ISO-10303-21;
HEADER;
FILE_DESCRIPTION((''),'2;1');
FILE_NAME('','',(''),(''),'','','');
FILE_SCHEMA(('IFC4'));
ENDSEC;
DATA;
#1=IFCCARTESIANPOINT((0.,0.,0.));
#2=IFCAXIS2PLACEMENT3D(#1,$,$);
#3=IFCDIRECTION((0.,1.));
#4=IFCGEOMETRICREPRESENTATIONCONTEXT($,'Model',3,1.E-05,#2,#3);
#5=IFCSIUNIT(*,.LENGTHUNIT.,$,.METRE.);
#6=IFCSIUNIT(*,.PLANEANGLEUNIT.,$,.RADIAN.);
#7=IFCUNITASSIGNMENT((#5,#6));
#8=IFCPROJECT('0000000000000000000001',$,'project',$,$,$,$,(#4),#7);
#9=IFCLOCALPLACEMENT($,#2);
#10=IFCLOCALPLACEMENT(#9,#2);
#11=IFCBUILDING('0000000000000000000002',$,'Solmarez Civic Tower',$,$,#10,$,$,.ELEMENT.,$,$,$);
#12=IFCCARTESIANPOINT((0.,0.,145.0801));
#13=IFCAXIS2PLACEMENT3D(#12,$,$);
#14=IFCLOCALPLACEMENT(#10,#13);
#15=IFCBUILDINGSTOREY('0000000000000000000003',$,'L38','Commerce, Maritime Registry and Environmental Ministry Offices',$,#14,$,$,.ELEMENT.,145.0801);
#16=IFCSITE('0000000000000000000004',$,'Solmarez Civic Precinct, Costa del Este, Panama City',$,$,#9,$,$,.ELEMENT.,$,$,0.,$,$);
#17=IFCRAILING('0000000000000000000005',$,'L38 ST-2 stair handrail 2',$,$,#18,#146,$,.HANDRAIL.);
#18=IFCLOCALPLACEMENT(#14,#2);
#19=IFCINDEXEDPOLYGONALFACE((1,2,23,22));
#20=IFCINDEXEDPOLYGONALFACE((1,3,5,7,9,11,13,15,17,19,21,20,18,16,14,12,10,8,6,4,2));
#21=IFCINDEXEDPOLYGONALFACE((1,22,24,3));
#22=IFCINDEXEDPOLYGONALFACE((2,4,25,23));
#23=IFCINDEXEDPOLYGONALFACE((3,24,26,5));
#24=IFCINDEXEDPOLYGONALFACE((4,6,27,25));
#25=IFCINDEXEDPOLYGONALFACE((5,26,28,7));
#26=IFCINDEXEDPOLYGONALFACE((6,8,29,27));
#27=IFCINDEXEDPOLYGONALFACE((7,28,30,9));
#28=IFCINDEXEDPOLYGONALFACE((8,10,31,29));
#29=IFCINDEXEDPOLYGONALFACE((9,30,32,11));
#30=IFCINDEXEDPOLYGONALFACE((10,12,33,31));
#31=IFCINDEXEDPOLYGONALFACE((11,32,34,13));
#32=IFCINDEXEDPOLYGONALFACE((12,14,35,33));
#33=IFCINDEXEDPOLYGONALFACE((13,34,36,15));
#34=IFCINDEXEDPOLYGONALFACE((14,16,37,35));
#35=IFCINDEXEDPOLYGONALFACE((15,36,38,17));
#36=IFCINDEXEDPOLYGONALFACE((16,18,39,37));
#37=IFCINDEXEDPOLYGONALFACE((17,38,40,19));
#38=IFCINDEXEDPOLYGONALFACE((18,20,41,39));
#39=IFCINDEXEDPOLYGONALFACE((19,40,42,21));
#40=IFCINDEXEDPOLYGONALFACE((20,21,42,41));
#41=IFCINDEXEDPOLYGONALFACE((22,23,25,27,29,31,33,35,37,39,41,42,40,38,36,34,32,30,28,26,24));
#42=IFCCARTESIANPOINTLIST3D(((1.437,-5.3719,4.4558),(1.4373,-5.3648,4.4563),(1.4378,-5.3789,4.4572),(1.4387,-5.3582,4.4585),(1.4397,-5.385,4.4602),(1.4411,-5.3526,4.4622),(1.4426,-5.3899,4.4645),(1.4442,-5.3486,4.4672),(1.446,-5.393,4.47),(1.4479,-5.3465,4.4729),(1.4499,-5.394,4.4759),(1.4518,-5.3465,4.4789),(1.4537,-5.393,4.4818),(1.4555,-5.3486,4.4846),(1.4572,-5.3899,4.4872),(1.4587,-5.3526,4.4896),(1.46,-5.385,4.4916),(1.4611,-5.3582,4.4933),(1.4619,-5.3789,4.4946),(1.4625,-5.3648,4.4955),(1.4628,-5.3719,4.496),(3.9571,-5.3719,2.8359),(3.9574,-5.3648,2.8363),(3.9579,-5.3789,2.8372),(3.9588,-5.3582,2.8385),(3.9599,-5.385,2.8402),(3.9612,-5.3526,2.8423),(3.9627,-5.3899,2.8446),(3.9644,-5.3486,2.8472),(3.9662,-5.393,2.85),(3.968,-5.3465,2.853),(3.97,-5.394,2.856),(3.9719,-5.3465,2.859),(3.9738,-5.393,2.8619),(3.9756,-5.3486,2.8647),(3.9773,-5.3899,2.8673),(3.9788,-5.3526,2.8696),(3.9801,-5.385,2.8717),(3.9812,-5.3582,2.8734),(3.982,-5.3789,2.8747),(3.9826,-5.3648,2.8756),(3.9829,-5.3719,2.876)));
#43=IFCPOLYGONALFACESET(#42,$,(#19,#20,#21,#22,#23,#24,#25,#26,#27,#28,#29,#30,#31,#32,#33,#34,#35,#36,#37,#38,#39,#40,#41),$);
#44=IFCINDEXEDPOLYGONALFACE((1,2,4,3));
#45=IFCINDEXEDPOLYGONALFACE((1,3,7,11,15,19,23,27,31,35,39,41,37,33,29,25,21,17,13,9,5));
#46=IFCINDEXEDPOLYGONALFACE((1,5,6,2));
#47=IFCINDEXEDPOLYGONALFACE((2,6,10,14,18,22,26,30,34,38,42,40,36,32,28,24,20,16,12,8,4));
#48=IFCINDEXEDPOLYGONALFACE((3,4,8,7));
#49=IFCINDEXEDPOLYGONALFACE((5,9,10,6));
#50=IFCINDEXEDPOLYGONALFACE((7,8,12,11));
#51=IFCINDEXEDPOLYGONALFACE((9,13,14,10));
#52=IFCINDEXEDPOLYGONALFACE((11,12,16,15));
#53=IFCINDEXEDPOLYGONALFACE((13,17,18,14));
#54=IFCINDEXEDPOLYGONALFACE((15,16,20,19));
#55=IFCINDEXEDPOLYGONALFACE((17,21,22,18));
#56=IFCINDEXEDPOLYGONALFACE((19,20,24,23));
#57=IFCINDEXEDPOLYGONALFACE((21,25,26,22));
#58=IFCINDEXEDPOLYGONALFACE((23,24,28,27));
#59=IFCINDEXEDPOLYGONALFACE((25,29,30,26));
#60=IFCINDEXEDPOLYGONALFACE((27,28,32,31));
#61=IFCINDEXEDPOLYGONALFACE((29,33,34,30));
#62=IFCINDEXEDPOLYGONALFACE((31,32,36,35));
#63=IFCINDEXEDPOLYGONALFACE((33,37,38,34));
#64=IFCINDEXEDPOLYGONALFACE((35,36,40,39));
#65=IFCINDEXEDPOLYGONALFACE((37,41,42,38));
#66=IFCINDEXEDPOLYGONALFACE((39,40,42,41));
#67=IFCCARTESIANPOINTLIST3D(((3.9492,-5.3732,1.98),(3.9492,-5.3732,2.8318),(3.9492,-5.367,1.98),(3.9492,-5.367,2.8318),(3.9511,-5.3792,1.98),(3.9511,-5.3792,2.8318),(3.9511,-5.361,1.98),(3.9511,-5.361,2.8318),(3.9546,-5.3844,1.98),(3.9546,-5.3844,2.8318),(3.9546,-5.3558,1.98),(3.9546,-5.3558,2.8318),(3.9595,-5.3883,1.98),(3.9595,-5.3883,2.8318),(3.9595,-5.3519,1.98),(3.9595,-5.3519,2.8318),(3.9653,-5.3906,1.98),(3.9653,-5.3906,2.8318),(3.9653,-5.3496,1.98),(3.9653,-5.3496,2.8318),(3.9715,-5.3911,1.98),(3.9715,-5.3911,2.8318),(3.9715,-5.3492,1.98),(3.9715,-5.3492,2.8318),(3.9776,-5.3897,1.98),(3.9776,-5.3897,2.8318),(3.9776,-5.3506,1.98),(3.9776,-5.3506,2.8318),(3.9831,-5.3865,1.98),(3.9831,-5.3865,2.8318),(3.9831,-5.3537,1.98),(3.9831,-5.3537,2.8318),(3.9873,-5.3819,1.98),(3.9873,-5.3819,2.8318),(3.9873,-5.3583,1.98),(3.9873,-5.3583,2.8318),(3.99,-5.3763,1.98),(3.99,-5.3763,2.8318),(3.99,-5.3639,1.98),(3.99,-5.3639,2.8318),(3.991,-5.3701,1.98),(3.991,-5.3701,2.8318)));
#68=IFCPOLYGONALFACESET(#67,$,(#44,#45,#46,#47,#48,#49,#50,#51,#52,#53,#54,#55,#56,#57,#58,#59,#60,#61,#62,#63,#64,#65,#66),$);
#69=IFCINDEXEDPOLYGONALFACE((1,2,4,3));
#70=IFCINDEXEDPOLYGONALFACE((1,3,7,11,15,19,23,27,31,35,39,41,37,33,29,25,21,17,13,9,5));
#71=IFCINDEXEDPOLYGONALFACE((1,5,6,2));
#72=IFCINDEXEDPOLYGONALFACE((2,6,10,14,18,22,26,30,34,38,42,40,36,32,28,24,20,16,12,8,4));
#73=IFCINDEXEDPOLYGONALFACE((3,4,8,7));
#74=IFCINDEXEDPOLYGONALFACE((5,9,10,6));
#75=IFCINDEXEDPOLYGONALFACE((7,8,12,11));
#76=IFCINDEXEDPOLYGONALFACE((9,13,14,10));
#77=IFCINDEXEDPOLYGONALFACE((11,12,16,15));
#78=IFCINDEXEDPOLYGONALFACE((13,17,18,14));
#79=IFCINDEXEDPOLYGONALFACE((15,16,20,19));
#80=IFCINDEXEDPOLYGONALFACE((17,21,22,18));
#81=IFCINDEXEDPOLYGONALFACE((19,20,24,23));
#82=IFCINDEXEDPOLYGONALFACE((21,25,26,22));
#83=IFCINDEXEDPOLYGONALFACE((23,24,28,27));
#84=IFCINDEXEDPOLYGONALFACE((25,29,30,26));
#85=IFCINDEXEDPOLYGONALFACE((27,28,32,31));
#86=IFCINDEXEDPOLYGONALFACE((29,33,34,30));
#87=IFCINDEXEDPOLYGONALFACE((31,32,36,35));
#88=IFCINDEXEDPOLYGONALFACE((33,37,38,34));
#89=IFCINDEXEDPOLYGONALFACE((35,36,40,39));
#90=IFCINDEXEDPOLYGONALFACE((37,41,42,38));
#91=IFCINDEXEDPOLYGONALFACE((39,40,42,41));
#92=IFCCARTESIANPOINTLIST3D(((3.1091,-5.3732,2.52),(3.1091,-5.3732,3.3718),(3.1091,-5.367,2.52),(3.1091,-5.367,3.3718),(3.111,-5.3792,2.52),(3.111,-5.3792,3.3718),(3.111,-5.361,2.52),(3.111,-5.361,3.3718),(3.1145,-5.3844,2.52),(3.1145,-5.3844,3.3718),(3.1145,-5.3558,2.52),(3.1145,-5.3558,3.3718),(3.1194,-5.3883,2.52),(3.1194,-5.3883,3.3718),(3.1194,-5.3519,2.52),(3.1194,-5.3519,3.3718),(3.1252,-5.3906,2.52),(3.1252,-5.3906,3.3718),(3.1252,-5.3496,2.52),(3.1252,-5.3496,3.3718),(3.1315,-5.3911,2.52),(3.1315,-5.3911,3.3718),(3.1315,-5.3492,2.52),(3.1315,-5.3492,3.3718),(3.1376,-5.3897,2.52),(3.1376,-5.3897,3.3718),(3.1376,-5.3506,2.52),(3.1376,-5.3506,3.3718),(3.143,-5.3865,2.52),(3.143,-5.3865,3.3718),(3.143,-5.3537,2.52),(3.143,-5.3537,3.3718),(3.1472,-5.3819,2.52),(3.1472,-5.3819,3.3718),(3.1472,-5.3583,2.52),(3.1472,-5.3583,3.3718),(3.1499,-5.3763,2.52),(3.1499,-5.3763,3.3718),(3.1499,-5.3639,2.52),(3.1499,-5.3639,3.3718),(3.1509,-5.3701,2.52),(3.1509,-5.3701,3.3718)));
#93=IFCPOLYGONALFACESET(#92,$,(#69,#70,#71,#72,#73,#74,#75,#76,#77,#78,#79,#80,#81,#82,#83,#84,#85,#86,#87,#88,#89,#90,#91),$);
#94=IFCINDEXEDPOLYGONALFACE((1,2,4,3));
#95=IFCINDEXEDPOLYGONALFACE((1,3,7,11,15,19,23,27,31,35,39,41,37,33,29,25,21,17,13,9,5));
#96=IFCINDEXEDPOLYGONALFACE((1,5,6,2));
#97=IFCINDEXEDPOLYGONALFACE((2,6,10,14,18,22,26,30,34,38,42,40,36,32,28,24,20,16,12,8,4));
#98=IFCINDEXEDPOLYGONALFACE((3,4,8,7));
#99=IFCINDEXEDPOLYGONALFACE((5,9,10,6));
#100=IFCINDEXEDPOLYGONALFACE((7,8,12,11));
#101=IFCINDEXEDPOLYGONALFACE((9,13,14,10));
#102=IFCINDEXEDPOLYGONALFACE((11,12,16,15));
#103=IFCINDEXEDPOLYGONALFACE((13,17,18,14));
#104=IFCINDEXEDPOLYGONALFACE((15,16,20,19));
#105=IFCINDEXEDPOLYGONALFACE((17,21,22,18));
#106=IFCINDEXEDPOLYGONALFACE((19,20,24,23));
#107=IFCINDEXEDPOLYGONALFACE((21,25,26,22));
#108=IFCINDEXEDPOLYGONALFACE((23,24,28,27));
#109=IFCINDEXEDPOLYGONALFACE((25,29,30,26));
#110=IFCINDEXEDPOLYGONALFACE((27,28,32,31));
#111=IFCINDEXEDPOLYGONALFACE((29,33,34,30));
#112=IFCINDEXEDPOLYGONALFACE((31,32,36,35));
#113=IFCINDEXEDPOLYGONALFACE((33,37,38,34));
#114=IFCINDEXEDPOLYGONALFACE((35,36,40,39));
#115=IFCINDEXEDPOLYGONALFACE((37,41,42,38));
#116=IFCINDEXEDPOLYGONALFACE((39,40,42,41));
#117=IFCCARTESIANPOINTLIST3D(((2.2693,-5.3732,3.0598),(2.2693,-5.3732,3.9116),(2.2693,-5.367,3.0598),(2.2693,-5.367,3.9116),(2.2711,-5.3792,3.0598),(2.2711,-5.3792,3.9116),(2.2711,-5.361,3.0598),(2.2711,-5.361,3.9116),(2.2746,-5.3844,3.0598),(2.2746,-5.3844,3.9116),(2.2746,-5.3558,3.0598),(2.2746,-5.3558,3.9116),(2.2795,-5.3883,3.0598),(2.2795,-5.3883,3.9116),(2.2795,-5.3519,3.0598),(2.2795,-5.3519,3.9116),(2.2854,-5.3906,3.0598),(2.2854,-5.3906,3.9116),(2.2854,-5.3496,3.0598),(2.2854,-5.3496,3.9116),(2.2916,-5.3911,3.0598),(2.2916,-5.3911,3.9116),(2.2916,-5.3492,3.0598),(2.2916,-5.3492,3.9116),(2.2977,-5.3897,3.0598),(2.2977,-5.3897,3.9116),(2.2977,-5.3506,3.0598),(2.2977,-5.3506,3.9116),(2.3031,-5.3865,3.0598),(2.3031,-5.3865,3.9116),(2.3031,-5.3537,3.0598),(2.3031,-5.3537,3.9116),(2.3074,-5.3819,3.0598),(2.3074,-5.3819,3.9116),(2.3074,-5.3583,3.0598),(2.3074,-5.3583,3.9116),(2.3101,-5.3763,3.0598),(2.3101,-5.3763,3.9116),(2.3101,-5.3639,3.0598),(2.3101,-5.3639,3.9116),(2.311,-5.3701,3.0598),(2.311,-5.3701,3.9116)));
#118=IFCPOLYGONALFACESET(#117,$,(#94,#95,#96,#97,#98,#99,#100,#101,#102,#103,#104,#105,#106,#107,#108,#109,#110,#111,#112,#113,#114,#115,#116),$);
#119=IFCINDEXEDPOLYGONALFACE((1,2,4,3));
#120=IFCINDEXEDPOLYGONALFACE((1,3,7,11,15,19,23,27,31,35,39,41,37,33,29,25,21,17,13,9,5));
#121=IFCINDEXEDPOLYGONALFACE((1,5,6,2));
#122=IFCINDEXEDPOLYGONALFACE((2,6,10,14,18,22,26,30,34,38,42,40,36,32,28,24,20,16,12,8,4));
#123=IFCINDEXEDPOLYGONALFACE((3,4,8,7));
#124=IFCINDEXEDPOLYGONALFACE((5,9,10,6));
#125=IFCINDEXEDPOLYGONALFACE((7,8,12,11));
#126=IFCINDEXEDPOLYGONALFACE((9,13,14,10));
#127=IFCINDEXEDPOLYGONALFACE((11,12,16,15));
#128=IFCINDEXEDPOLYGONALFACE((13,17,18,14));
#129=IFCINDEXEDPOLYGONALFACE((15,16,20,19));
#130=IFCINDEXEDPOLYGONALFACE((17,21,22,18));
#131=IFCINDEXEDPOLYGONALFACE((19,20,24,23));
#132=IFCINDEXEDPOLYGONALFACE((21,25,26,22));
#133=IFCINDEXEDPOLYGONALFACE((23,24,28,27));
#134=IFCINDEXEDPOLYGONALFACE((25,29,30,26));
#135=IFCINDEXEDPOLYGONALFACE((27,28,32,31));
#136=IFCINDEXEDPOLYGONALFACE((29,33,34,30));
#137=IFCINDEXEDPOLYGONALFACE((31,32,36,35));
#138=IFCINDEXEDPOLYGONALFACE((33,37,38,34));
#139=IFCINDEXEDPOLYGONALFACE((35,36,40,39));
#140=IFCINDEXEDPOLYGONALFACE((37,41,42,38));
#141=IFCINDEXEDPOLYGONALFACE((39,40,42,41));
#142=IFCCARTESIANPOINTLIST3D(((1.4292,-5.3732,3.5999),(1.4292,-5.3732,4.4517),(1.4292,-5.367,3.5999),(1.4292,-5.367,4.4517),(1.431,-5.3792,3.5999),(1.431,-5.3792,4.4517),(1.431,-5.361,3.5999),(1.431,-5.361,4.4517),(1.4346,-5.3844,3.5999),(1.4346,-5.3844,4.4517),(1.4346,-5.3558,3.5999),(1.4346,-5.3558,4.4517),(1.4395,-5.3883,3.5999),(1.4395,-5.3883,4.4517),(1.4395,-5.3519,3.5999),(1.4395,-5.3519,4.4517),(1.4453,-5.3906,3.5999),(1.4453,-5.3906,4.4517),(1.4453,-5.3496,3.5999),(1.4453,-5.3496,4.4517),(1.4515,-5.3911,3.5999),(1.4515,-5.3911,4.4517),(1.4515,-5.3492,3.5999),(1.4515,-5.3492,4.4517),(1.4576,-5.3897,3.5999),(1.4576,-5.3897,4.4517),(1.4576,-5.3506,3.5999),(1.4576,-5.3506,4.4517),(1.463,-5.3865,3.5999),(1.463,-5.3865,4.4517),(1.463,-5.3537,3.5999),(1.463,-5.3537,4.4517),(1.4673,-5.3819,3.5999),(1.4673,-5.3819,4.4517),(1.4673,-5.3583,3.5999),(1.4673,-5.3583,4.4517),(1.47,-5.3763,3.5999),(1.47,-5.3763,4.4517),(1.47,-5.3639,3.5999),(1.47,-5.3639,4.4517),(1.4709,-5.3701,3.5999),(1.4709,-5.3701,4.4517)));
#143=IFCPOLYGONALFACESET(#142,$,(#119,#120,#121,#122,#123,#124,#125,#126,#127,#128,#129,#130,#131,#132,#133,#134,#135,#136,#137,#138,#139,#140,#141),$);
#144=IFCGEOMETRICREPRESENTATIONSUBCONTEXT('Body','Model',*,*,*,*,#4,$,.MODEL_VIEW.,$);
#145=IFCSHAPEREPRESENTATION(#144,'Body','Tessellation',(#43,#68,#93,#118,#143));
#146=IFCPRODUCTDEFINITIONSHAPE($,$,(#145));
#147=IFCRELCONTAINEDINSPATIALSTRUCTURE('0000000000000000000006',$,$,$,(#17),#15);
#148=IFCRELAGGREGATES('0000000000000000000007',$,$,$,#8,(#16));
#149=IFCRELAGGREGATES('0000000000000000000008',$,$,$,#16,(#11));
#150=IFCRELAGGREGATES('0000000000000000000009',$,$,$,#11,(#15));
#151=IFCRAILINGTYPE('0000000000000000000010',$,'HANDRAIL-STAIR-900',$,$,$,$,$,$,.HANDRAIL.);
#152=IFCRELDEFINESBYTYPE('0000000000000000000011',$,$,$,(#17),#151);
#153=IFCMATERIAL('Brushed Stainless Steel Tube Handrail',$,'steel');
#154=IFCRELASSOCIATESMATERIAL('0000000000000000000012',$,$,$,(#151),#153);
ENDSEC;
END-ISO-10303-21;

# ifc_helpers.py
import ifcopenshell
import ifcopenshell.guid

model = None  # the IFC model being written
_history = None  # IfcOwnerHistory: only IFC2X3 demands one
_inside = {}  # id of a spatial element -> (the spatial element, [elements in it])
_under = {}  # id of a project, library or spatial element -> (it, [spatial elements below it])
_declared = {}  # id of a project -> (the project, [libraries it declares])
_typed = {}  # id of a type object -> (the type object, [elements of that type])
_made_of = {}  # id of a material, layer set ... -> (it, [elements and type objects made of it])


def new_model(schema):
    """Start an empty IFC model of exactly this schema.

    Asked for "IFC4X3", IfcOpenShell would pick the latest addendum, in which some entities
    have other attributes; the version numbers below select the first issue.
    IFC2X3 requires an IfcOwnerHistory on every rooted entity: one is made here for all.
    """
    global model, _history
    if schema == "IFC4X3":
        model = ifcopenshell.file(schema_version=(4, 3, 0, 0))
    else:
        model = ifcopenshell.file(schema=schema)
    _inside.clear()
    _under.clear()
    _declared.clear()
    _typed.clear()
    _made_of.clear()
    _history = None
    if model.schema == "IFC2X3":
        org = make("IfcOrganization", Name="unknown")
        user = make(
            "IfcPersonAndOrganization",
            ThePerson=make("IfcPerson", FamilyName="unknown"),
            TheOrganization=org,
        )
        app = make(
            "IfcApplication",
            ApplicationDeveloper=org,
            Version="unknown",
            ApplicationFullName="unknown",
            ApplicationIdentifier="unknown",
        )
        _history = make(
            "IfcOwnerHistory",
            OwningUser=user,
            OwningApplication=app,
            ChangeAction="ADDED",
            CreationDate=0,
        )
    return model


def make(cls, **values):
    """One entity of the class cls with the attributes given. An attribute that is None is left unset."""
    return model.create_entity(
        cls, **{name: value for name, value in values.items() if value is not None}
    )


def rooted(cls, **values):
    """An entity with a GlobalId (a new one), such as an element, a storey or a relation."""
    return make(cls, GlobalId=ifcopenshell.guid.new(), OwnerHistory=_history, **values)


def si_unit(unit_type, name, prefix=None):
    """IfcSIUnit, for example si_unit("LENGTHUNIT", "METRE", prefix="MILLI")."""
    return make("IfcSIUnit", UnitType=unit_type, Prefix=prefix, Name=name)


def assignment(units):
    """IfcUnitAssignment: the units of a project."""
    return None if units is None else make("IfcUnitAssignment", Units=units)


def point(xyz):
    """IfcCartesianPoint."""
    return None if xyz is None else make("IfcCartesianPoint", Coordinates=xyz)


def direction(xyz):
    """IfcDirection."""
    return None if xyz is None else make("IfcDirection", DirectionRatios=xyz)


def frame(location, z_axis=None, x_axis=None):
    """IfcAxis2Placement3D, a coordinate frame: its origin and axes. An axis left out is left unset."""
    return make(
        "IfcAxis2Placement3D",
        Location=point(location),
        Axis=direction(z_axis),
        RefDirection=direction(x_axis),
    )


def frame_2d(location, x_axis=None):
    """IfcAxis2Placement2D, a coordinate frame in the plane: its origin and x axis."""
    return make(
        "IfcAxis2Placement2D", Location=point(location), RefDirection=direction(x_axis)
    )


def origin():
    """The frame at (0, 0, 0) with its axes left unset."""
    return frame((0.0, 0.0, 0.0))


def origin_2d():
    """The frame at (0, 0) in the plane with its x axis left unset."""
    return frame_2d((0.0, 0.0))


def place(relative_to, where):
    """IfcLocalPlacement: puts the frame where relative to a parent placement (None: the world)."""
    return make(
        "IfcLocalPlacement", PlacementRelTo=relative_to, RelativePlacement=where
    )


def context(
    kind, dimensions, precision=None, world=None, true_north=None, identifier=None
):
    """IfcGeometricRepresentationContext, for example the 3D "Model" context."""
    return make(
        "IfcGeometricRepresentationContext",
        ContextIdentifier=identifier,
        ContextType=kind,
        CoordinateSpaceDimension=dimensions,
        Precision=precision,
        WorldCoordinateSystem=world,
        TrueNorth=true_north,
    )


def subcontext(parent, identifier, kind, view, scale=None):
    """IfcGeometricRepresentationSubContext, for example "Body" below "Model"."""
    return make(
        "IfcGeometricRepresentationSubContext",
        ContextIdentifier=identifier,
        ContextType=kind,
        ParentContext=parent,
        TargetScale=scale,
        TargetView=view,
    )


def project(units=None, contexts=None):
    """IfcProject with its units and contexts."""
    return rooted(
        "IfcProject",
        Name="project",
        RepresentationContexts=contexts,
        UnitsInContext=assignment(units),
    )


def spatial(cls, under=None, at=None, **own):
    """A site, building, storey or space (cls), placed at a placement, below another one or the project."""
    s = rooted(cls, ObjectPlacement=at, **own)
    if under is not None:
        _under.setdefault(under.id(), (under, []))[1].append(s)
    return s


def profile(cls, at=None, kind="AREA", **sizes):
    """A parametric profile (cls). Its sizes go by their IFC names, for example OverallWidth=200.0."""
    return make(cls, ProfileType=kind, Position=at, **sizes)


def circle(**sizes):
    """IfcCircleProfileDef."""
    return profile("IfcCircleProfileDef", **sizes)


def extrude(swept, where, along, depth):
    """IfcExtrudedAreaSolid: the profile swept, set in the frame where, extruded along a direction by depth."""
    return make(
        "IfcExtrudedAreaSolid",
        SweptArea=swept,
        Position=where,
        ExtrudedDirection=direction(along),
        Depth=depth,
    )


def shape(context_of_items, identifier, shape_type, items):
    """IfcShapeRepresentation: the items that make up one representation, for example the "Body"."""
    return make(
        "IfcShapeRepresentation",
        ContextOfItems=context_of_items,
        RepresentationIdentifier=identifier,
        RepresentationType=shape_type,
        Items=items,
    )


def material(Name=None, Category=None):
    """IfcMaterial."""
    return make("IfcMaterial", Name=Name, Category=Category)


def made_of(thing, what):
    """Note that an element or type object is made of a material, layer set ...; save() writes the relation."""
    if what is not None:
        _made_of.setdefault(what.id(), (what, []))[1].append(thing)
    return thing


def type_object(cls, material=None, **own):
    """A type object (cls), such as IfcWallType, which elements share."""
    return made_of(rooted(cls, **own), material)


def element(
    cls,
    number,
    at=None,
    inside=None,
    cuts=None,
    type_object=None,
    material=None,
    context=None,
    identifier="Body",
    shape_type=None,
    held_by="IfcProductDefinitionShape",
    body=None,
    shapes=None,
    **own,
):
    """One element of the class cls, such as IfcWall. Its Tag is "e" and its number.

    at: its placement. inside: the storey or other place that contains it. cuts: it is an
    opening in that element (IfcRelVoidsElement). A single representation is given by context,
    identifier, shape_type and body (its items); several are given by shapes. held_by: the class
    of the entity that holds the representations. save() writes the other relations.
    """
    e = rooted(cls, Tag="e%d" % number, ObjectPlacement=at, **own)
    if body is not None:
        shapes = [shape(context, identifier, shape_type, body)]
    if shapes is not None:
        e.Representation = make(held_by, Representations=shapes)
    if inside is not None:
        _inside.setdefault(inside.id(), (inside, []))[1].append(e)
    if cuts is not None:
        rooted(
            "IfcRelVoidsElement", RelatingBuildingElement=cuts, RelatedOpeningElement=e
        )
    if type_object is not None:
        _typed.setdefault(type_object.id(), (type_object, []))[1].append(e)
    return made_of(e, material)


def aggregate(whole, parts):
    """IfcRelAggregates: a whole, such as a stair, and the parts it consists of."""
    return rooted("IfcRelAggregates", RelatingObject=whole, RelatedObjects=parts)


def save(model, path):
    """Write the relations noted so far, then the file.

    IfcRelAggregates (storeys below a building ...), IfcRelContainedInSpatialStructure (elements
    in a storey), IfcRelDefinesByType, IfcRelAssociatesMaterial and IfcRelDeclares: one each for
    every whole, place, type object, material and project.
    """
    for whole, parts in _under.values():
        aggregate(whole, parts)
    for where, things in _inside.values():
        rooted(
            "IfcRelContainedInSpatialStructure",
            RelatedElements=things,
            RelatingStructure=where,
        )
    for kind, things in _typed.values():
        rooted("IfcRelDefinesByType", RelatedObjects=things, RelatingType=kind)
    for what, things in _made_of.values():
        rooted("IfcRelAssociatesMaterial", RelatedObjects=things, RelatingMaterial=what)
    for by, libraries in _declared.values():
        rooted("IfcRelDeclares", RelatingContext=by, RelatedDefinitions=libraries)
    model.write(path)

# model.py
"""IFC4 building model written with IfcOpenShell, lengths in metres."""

from ifc_helpers import new_model, si_unit, direction, frame, origin, origin_2d, place, context, subcontext, project, spatial, circle, extrude, material, type_object, element, save


model = new_model("IFC4")

# Units and contexts
model_context = context("Model", 3, precision=1e-05, world=origin(), true_north=direction((0.0, 1.0)))
body_context = subcontext(model_context, "Body", "Model", "MODEL_VIEW")
ifc_project = project(units=[si_unit("LENGTHUNIT", "METRE"), si_unit("PLANEANGLEUNIT", "RADIAN")], contexts=[model_context])

# Site, building, storey
site_placement = place(None, origin())
site = spatial("IfcSite", under=ifc_project, at=site_placement, Name="Solmarez Civic Precinct, Costa del Este, Panama City", CompositionType="ELEMENT", RefElevation=0.0)
building_placement = place(site_placement, origin())
building = spatial("IfcBuilding", under=site, at=building_placement, Name="Solmarez Civic Tower", CompositionType="ELEMENT")
storey_placement = place(building_placement, frame((0.0, 0.0, 145.0801)))
storey = spatial("IfcBuildingStorey", under=building, at=storey_placement, Name="L38", Description="Commerce, Maritime Registry and Environmental Ministry Offices", CompositionType="ELEMENT", Elevation=145.0801)

# Railing
ifc_material_1 = material(Name="Brushed Stainless Steel Tube Handrail", Category="steel")
railing_type_1 = type_object("IfcRailingType", Name="HANDRAIL-STAIR-900", PredefinedType="HANDRAIL", material=ifc_material_1)
railing_1_placement = place(storey_placement, frame((3.97, -5.3701, 1.98)))
element("IfcRailing", 1, at=railing_1_placement, inside=storey, type_object=railing_type_1, Name="L38 ST-2 stair handrail 2", PredefinedType="HANDRAIL", context=body_context, shape_type="SweptSolid", body=[
    extrude(circle(Radius=0.0239, at=origin_2d()), frame((0.0, 0.0, 0.876), z_axis=(-0.8412, 0.0, 0.540725), x_axis=(0.0, -1.0, 0.0)), (0.0, 0.0, 1.0), 2.9958),
    extrude(circle(Radius=0.021, at=origin_2d()), origin(), (0.0, 0.0, 1.0), 0.8518),
    extrude(circle(Radius=0.021, at=origin_2d()), frame((-0.8401, 0.0, 0.54)), (0.0, 0.0, 1.0), 0.8518),
    extrude(circle(Radius=0.021, at=origin_2d()), frame((-1.6799, 0.0, 1.0798)), (0.0, 0.0, 1.0), 0.8518),
    extrude(circle(Radius=0.021, at=origin_2d()), frame((-2.52, 0.0, 1.6199)), (0.0, 0.0, 1.0), 0.8518),
])

save(model, "model.ifc")
